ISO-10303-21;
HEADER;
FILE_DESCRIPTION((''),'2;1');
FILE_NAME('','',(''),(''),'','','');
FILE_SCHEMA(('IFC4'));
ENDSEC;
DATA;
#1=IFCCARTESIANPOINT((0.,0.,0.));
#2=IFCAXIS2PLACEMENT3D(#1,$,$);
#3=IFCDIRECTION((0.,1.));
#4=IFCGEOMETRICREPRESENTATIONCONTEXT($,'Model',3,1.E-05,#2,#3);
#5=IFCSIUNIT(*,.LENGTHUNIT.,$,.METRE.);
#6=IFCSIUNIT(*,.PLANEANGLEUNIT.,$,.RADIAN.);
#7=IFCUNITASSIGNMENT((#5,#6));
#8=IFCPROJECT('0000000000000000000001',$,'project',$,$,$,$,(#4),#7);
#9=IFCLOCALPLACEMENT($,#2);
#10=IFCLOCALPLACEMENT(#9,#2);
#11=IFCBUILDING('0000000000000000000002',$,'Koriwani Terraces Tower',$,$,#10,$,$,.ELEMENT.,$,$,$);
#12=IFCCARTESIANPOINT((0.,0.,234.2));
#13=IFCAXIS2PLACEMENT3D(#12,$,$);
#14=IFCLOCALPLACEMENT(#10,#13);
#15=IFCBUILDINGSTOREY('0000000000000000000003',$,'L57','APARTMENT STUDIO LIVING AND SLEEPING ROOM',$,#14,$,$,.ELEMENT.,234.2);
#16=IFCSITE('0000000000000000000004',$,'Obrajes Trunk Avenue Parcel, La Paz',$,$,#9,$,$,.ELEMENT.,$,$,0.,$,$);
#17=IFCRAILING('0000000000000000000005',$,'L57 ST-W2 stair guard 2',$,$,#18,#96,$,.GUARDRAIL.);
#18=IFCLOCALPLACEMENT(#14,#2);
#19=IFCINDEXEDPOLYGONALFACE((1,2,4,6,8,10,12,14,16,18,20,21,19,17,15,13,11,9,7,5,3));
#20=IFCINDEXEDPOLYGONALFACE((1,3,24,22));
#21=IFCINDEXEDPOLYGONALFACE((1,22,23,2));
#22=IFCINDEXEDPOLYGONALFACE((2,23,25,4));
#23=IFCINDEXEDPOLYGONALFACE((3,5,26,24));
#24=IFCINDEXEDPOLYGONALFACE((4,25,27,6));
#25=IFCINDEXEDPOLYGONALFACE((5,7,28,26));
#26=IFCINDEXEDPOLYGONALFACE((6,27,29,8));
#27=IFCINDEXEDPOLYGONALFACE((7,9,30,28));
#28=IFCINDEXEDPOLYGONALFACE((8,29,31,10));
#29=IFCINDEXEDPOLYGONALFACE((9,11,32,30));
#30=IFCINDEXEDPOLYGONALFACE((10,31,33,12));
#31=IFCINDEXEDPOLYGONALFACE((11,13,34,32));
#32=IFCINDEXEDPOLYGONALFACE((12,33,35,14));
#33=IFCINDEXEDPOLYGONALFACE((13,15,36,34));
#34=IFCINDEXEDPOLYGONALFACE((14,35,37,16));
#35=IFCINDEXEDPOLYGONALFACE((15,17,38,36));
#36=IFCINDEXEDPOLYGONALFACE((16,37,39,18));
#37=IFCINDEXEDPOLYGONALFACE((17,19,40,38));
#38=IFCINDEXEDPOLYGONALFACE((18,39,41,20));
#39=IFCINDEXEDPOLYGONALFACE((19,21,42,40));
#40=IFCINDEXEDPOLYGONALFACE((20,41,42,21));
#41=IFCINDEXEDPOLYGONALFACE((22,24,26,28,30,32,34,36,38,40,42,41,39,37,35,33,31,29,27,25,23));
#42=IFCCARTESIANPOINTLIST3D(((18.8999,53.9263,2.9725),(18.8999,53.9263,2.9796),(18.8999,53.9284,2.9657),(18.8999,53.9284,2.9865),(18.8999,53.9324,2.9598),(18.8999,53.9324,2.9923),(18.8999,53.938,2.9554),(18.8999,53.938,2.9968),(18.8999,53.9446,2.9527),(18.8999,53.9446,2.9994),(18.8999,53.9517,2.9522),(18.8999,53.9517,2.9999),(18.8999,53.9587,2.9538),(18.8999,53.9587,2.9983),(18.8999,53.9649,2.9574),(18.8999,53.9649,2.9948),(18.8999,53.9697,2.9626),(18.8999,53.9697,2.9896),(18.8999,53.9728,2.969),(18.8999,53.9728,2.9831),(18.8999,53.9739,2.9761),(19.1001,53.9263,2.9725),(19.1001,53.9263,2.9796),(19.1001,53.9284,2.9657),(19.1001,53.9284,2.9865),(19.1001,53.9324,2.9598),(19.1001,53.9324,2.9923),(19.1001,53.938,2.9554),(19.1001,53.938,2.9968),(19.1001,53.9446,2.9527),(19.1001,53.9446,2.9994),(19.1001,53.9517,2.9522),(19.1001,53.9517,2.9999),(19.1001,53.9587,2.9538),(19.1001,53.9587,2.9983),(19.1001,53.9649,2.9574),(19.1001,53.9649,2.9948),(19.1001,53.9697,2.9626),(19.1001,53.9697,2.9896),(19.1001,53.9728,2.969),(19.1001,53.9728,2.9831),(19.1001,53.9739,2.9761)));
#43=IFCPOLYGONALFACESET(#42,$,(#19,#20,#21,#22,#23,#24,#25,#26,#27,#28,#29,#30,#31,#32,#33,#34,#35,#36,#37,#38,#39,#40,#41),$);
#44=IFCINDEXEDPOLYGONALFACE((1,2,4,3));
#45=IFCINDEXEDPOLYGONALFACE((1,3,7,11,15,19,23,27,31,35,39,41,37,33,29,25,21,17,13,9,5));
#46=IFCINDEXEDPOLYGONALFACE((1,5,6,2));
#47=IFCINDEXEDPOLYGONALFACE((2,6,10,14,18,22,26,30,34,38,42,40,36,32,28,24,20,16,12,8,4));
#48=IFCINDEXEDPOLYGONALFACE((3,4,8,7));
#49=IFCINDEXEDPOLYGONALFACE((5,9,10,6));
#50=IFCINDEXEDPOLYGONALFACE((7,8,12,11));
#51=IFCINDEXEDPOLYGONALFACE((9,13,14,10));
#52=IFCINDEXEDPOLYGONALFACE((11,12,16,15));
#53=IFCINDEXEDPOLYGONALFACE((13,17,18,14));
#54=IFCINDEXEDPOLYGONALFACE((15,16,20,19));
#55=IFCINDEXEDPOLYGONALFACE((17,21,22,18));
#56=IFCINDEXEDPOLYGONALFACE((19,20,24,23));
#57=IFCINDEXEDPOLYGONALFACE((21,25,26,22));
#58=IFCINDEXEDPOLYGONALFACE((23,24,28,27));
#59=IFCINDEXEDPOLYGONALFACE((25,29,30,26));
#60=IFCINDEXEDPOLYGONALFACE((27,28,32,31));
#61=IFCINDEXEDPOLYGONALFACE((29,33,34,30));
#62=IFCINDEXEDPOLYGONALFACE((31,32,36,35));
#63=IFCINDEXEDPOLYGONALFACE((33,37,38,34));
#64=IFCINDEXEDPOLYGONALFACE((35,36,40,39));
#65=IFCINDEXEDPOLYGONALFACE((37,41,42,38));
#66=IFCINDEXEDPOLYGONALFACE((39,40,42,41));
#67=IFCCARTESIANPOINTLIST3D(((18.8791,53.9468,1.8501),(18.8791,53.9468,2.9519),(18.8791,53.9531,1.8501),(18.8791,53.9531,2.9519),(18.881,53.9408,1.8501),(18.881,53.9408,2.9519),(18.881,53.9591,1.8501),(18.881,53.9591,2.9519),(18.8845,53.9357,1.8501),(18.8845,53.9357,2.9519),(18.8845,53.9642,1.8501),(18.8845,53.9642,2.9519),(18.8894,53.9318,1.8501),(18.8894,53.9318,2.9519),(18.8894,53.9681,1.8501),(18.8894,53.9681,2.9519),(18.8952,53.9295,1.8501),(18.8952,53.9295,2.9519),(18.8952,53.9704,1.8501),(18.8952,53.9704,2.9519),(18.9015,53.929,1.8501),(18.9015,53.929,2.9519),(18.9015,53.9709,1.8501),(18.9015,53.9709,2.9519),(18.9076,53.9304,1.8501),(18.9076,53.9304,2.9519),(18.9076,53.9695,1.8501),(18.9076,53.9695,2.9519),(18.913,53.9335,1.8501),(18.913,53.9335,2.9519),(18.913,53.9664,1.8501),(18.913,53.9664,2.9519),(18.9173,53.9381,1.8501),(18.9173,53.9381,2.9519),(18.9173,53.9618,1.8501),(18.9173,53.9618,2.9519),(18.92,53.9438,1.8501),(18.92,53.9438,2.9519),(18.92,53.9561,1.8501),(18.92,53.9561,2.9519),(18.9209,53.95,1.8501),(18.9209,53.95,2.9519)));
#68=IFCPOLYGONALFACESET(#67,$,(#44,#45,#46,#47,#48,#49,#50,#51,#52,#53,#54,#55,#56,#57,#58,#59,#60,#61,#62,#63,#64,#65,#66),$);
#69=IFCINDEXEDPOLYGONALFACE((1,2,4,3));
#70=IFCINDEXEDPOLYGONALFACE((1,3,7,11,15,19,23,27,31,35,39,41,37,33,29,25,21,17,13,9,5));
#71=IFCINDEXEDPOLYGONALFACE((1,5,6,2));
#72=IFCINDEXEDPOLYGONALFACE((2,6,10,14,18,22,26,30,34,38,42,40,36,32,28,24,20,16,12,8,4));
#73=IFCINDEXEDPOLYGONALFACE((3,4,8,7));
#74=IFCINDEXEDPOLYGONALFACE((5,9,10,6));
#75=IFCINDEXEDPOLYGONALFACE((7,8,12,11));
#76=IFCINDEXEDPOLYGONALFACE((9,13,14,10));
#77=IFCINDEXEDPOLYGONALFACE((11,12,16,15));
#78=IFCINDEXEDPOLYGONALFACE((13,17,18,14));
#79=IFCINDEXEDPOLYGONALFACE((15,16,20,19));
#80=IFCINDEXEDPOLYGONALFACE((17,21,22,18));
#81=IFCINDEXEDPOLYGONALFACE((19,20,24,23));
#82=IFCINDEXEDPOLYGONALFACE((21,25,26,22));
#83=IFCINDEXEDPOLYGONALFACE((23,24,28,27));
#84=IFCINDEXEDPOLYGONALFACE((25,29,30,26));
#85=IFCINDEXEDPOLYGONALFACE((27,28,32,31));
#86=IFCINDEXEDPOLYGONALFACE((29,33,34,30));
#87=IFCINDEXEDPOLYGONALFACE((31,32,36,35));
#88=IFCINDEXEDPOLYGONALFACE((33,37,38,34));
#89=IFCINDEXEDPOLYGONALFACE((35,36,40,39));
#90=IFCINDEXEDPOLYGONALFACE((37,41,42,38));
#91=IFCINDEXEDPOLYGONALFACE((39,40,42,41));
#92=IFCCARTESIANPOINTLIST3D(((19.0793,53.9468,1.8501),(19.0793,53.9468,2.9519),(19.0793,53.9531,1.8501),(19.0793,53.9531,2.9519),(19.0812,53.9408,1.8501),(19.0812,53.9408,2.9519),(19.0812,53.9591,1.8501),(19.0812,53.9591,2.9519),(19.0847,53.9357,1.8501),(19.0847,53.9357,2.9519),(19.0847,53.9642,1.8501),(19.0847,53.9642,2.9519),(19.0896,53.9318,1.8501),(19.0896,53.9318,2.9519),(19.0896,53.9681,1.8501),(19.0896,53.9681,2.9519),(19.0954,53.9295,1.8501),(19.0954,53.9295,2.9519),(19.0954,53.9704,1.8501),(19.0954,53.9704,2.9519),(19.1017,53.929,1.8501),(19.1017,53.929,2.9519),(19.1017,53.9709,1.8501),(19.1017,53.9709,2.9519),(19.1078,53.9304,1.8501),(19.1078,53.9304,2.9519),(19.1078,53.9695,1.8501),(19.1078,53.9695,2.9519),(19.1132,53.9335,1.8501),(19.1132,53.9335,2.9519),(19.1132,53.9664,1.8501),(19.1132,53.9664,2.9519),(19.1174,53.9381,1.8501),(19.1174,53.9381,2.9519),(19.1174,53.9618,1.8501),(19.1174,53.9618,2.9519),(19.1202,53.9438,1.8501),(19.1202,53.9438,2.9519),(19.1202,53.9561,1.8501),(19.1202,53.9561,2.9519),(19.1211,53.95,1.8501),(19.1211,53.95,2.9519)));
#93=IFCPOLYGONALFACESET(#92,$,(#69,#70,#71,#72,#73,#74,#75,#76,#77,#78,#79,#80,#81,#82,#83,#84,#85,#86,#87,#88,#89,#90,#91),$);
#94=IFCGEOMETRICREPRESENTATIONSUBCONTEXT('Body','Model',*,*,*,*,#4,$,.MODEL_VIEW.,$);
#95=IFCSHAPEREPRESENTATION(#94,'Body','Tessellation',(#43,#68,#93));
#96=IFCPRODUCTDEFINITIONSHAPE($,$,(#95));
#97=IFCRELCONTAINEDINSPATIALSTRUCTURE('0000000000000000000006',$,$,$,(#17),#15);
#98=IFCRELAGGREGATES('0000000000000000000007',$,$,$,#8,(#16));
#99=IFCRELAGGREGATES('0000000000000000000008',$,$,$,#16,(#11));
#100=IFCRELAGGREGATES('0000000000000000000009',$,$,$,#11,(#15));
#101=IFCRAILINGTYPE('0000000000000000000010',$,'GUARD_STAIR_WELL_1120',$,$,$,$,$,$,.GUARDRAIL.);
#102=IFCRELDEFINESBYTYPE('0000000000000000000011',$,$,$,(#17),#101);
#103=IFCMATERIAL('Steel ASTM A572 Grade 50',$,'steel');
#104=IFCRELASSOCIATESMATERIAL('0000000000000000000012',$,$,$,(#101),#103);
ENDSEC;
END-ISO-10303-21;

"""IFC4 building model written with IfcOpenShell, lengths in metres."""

from ifc_helpers import new_model, si_unit, direction, frame, origin, origin_2d, place, context, subcontext, project, spatial, circle, extrude, material, type_object, element, save


model = new_model("IFC4")

# Units and contexts
model_context = context("Model", 3, precision=1e-05, world=origin(), true_north=direction((0.0, 1.0)))
body_context = subcontext(model_context, "Body", "Model", "MODEL_VIEW")
ifc_project = project(units=[si_unit("LENGTHUNIT", "METRE"), si_unit("PLANEANGLEUNIT", "RADIAN")], contexts=[model_context])

# Site, building, storey
site_placement = place(None, origin())
site = spatial("IfcSite", under=ifc_project, at=site_placement, Name="Obrajes Trunk Avenue Parcel, La Paz", CompositionType="ELEMENT", RefElevation=0.0)
building_placement = place(site_placement, origin())
building = spatial("IfcBuilding", under=site, at=building_placement, Name="Koriwani Terraces Tower", CompositionType="ELEMENT")
storey_placement = place(building_placement, frame((0.0, 0.0, 234.2)))
storey = spatial("IfcBuildingStorey", under=building, at=storey_placement, Name="L57", Description="APARTMENT STUDIO LIVING AND SLEEPING ROOM", CompositionType="ELEMENT", Elevation=234.2)

# Shared definitions
ifc_material_1 = material(Name="Steel ASTM A572 Grade 50", Category="steel")

# Railing
railing_type_1 = type_object("IfcRailingType", Name="GUARD_STAIR_WELL_1120", PredefinedType="GUARDRAIL", material=ifc_material_1)
railing_1_placement = place(storey_placement, frame((18.8999, 53.95, 1.8501)))
element("IfcRailing", 1, at=railing_1_placement, inside=storey, type_object=railing_type_1, Name="L57 ST-W2 stair guard 2", PredefinedType="GUARDRAIL", context=body_context, shape_type="SweptSolid", body=[
    extrude(circle(Radius=0.0239, at=origin_2d()), frame((0.0, 0.0, 1.126), z_axis=(1.0, 0.0, 0.0), x_axis=(0.0, 1.0, 0.0)), (0.0, 0.0, 1.0), 0.2002),
    extrude(circle(Radius=0.021, at=origin_2d()), origin(), (0.0, 0.0, 1.0), 1.1018),
    extrude(circle(Radius=0.021, at=origin_2d()), frame((0.2002, 0.0, 0.0)), (0.0, 0.0, 1.0), 1.1018),
])

save(model, "model.ifc")
